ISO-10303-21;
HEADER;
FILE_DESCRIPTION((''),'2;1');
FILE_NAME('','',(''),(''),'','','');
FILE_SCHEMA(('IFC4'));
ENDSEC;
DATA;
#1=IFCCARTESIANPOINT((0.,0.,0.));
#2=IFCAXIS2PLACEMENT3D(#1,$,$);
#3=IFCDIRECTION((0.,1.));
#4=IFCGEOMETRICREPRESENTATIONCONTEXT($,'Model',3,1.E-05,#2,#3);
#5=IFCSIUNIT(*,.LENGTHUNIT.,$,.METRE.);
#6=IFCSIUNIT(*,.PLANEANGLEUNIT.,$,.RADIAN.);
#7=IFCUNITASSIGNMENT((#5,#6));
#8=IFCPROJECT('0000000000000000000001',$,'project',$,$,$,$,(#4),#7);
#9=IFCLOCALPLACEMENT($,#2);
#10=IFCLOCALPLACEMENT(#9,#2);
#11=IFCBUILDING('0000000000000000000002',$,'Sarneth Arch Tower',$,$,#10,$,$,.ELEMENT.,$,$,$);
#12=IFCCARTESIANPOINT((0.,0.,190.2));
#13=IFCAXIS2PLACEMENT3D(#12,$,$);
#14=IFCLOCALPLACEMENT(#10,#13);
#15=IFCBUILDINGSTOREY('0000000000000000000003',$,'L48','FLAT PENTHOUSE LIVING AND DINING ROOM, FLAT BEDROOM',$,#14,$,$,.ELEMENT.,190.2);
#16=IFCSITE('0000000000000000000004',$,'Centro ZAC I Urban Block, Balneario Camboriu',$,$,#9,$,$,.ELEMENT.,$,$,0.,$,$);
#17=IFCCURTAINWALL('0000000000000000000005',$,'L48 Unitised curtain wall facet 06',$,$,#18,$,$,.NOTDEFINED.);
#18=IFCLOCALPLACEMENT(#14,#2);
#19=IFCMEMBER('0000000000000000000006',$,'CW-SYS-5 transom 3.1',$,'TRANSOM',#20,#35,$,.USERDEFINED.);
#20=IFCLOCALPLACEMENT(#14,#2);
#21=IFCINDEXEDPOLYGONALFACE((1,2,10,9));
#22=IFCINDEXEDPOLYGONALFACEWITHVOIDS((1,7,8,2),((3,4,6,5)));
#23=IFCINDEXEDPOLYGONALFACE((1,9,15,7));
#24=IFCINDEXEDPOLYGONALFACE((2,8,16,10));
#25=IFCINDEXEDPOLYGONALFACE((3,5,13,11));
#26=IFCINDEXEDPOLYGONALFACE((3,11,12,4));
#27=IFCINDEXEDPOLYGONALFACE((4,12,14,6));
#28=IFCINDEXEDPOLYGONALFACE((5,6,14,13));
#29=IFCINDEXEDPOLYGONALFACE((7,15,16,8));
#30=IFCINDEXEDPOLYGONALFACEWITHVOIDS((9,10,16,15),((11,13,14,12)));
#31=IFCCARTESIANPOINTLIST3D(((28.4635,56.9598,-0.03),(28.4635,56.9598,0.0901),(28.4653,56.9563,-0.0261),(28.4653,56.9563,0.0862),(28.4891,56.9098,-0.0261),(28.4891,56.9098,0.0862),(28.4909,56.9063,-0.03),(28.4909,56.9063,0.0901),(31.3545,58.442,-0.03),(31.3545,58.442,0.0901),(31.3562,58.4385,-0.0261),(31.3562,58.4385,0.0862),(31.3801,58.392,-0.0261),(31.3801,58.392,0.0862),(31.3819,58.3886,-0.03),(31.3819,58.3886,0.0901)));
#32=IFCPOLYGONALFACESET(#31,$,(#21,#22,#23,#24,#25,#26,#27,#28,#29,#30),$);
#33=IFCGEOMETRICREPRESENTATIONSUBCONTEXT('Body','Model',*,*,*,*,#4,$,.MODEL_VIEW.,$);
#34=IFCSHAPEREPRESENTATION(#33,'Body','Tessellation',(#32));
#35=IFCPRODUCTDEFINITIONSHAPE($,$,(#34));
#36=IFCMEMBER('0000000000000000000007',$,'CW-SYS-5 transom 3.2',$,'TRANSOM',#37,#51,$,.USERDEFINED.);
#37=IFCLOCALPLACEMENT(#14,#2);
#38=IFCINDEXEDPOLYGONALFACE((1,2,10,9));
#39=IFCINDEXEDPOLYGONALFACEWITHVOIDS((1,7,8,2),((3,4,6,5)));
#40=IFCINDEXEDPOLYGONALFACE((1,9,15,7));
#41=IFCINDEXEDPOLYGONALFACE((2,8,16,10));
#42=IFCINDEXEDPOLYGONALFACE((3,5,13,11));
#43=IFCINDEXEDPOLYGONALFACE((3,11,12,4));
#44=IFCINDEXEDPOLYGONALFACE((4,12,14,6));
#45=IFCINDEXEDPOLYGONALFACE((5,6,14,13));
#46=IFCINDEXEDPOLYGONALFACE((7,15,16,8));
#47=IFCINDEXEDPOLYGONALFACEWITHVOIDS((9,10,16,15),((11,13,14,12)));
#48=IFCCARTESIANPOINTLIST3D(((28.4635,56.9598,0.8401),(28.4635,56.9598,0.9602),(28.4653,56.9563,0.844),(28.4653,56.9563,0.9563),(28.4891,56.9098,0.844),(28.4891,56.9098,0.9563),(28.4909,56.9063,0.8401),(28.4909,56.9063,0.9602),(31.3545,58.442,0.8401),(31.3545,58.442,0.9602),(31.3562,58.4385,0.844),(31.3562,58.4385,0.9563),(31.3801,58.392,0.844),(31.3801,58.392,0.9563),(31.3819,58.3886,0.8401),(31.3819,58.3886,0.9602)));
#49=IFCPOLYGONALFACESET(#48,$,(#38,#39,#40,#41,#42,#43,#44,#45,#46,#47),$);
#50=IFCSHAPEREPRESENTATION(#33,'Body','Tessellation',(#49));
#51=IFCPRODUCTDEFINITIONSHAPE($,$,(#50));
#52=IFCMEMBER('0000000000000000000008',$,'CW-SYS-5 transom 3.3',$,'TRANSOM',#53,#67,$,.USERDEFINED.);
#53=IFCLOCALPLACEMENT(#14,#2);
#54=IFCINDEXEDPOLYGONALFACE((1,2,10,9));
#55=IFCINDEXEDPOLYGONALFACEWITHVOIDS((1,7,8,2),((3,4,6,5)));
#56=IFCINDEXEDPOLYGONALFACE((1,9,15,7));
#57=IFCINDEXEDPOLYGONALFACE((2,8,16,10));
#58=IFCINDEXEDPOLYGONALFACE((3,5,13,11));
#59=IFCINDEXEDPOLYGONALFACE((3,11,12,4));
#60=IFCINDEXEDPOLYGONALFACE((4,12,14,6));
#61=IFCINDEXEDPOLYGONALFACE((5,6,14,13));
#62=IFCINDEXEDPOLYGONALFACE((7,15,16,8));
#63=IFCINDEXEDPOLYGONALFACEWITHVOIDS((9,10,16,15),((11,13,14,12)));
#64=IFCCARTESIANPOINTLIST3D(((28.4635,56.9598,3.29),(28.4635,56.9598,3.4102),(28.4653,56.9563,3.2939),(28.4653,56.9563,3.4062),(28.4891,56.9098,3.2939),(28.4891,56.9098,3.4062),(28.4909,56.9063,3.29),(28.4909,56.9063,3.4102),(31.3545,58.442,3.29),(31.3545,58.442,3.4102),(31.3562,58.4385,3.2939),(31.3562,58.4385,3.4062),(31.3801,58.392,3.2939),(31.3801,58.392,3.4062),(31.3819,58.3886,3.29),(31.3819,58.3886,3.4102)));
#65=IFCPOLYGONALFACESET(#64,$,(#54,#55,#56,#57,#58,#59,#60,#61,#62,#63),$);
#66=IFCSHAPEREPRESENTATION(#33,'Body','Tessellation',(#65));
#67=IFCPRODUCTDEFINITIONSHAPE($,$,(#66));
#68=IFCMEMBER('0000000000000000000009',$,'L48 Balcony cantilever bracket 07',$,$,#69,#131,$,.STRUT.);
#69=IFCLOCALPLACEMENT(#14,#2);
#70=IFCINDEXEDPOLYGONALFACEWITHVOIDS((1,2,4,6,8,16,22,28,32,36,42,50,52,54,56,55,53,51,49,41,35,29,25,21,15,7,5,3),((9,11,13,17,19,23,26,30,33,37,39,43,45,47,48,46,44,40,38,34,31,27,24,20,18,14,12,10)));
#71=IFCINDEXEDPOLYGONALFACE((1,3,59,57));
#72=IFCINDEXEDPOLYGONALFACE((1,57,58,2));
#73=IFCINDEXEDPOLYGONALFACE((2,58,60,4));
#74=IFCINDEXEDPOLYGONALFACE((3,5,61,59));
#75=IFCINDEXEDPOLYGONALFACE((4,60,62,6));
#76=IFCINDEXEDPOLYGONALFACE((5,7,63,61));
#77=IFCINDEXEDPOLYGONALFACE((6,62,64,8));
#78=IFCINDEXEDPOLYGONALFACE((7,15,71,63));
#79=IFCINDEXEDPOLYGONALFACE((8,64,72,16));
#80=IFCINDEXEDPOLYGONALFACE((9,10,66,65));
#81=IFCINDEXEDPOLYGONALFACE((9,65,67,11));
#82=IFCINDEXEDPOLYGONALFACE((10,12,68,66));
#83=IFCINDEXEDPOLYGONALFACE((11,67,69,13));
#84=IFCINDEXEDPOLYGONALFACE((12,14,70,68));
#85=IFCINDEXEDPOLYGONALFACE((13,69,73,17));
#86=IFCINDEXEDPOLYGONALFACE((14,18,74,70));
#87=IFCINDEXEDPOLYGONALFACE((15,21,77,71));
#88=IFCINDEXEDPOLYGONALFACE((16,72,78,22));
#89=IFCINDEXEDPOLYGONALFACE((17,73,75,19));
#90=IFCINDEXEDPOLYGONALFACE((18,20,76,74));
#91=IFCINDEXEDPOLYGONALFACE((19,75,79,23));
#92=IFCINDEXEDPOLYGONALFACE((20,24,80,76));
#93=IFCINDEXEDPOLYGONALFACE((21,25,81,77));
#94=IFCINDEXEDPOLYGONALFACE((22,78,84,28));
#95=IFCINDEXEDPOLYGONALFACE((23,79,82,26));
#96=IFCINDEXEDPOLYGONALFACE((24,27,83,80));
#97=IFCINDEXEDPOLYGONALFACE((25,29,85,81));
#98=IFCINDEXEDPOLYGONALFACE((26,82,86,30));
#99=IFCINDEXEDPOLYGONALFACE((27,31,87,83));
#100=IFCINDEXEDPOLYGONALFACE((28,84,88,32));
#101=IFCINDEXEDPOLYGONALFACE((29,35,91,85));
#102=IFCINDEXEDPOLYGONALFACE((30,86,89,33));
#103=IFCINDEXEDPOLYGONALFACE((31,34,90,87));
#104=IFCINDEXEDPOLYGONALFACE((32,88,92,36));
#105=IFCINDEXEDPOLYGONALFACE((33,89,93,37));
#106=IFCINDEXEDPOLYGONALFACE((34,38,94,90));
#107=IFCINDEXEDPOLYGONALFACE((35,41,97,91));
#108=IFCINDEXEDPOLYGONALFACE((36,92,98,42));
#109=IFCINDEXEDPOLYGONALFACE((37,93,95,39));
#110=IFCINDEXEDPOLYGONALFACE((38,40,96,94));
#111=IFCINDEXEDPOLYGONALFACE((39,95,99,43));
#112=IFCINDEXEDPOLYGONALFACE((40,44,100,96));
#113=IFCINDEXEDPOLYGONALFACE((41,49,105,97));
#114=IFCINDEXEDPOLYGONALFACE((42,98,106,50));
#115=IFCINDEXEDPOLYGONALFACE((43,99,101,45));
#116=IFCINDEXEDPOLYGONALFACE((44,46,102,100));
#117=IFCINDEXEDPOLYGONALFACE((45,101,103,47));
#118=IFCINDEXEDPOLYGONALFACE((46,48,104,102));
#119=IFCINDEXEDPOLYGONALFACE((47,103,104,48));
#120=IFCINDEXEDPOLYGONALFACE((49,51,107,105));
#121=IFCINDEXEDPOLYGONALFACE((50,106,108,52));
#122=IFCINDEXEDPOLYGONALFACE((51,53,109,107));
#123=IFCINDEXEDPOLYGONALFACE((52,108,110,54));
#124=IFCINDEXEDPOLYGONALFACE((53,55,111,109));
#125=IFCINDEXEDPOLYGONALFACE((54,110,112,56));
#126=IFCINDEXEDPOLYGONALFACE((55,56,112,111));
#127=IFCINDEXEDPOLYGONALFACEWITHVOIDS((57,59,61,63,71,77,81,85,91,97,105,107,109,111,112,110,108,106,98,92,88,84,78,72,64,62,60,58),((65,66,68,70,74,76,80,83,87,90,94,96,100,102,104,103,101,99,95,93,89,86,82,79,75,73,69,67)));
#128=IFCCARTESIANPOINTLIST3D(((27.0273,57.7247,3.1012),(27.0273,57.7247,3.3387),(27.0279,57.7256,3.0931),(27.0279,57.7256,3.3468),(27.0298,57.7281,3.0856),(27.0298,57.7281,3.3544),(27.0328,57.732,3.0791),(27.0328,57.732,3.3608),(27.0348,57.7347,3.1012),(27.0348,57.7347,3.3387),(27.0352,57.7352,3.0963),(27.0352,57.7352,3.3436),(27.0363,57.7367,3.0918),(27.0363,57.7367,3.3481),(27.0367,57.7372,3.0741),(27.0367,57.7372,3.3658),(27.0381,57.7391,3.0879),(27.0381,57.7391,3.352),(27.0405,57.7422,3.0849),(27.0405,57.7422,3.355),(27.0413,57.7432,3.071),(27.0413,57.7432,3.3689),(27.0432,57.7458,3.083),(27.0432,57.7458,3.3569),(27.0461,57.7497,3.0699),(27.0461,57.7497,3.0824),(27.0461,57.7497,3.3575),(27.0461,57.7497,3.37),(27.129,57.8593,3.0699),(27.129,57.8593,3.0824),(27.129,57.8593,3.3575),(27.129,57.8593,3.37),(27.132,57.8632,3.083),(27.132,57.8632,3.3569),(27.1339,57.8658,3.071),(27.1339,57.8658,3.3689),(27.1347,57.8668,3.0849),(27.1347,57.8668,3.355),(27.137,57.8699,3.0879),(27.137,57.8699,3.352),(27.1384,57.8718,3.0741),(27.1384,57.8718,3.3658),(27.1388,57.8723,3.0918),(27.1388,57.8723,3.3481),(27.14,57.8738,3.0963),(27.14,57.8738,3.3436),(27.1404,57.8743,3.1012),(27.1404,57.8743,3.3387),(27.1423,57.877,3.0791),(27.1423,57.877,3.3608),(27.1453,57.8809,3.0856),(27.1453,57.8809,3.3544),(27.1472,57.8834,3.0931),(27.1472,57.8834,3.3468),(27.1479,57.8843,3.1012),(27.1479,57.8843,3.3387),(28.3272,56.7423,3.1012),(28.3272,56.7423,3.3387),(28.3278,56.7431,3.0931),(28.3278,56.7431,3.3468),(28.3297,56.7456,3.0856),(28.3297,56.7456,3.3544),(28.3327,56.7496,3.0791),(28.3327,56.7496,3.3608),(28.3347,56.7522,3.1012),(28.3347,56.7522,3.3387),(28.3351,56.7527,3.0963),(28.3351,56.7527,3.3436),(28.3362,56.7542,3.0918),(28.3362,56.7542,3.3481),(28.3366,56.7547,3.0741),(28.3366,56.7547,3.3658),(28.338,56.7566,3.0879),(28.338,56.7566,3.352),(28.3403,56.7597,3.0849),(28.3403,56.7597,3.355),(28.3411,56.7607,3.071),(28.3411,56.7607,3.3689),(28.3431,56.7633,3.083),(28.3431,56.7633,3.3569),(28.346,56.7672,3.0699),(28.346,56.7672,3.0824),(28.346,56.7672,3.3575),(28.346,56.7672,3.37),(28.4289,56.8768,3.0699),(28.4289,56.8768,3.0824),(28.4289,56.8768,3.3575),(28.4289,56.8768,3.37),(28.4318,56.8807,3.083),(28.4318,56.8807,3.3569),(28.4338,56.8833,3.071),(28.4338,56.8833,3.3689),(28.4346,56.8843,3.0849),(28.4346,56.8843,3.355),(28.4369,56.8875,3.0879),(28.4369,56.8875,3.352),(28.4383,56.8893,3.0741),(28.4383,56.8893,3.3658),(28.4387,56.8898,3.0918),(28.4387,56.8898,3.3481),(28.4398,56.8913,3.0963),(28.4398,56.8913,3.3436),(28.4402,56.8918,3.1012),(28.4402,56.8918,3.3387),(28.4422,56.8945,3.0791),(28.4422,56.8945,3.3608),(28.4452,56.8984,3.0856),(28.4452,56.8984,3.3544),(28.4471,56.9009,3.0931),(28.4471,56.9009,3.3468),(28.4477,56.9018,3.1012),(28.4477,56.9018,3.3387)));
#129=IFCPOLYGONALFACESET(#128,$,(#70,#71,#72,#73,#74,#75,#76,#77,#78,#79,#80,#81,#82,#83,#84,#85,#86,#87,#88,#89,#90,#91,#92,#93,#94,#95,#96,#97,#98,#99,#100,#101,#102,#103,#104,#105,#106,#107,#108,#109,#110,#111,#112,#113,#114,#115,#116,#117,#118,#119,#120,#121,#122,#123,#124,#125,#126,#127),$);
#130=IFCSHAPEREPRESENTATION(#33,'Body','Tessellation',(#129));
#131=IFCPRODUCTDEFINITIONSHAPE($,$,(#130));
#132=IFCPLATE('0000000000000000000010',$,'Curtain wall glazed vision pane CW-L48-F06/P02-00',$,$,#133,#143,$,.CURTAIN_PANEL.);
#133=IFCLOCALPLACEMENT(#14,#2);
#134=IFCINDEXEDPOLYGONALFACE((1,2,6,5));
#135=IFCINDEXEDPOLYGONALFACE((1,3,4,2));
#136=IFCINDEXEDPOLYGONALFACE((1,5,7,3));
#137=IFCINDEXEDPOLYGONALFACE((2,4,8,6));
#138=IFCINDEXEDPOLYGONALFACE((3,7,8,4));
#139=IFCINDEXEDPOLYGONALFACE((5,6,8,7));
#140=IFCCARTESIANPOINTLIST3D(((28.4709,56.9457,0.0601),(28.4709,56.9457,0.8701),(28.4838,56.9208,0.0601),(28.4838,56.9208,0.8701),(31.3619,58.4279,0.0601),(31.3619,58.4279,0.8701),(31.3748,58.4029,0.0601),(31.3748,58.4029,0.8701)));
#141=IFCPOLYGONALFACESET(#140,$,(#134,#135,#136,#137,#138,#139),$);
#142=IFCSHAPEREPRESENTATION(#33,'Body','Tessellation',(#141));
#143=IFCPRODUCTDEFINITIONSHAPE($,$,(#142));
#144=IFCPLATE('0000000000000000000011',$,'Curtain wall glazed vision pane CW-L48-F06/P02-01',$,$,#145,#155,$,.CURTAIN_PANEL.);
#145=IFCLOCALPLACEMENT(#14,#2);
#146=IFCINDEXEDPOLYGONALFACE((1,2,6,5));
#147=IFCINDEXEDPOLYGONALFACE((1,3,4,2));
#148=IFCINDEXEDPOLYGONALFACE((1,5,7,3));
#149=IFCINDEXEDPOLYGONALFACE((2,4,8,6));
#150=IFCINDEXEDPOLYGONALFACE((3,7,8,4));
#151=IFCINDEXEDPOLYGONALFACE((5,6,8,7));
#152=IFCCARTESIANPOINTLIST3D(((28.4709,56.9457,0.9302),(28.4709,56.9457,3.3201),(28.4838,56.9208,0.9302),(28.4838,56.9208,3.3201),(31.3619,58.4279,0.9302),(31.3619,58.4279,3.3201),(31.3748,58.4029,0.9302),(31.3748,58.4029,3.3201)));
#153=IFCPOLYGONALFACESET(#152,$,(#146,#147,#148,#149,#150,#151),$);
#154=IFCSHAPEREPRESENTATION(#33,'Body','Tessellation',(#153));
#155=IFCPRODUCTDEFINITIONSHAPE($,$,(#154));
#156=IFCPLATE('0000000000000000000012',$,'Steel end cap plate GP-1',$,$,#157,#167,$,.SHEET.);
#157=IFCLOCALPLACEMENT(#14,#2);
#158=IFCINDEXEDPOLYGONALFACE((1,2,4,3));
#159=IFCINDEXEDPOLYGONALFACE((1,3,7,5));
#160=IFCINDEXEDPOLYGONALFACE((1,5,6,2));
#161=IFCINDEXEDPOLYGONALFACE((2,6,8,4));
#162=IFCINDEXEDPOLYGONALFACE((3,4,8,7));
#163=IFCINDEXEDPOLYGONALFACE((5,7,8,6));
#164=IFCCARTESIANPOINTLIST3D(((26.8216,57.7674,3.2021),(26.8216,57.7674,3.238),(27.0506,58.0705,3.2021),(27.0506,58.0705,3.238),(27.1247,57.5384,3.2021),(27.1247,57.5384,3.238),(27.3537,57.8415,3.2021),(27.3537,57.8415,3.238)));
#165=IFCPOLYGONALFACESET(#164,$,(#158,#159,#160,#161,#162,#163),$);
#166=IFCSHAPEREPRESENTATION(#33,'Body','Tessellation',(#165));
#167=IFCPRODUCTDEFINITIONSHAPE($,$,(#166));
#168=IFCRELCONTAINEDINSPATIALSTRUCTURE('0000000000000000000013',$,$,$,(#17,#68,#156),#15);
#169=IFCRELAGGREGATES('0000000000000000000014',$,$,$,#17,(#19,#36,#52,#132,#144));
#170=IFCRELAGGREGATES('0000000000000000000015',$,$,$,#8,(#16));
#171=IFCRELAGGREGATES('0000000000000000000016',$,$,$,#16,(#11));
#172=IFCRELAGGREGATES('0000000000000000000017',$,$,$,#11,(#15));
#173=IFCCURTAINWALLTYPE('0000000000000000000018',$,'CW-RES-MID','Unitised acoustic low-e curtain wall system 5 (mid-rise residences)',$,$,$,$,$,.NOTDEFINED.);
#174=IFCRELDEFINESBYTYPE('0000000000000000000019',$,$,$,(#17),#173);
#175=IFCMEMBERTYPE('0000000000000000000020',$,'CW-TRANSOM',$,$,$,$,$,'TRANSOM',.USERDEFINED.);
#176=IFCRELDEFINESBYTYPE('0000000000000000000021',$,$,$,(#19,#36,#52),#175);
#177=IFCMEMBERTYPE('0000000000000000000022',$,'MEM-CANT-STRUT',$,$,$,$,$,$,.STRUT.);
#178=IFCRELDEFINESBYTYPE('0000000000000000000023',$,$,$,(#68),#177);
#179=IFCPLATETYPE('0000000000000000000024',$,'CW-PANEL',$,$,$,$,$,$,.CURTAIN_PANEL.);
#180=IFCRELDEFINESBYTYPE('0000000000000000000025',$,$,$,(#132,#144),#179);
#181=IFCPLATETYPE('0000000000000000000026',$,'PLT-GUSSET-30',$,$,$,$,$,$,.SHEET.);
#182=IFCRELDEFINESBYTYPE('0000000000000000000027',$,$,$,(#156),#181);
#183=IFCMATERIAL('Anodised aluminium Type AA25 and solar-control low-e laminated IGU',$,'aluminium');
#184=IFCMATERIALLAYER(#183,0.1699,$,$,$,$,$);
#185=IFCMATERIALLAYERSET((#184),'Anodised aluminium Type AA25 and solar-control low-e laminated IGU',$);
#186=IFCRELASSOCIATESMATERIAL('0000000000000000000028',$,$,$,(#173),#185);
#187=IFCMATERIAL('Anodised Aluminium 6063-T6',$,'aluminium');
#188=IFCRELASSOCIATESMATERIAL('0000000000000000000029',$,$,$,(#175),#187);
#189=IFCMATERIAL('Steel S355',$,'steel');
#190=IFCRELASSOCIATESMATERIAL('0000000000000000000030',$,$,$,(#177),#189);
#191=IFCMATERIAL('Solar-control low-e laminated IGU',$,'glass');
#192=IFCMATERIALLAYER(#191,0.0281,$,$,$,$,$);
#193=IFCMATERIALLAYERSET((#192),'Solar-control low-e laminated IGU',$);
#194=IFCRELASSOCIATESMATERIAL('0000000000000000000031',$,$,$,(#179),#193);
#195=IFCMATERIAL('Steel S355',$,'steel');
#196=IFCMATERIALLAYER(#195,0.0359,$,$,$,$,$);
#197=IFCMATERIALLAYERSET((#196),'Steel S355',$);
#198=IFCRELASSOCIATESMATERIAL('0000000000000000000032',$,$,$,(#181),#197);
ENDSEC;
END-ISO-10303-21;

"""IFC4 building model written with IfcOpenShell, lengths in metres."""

from ifc_helpers import new_model, si_unit, direction, frame, origin, origin_2d, place, context, subcontext, project, spatial, rectangle, hollow_rectangle, extrude, material, layer, layer_set, material_profile, profile_set, type_object, element, aggregate, save


model = new_model("IFC4")

# Units and contexts
model_context = context("Model", 3, precision=1e-05, world=origin(), true_north=direction((0.0, 1.0)))
body_context = subcontext(model_context, "Body", "Model", "MODEL_VIEW")
ifc_project = project(units=[si_unit("LENGTHUNIT", "METRE"), si_unit("PLANEANGLEUNIT", "RADIAN")], contexts=[model_context])

# Site, building, storey
site_placement = place(None, origin())
site = spatial("IfcSite", under=ifc_project, at=site_placement, Name="Centro ZAC I Urban Block, Balneario Camboriu", CompositionType="ELEMENT", RefElevation=0.0)
building_placement = place(site_placement, origin())
building = spatial("IfcBuilding", under=site, at=building_placement, Name="Sarneth Arch Tower", CompositionType="ELEMENT")
storey_placement = place(building_placement, frame((0.0, 0.0, 190.2)))
storey = spatial("IfcBuildingStorey", under=building, at=storey_placement, Name="L48", Description="FLAT PENTHOUSE LIVING AND DINING ROOM, FLAT BEDROOM", CompositionType="ELEMENT", Elevation=190.2)

# Curtain wall, members
ifc_material_1 = material(Name="Anodised aluminium Type AA25 and solar-control low-e laminated IGU", Category="aluminium")
ifc_layer_1 = layer(ifc_material_1, 0.1699)
ifc_layer_set_1 = layer_set([ifc_layer_1], Name="Anodised aluminium Type AA25 and solar-control low-e laminated IGU")
curtain_wall_type = type_object("IfcCurtainWallType", Name="CW-RES-MID", Description="Unitised acoustic low-e curtain wall system 5 (mid-rise residences)", PredefinedType="NOTDEFINED", material=ifc_layer_set_1)
curtain_wall_placement = place(storey_placement, origin())
curtain_wall = element("IfcCurtainWall", 1, at=curtain_wall_placement, inside=storey, type_object=curtain_wall_type, Name="L48 Unitised curtain wall facet 06", PredefinedType="NOTDEFINED")
ifc_material_2 = material(Name="Anodised Aluminium 6063-T6", Category="aluminium")
ifc_material_profile_1 = material_profile(ifc_material_2, hollow_rectangle(XDim=0.0601, YDim=0.1201, WallThickness=0.0039, at=origin_2d()), Name="AL-TRAN-120x60x4")
ifc_profile_set_1 = profile_set([ifc_material_profile_1], Name="Anodised Aluminium 6063-T6")
member_type_1 = type_object("IfcMemberType", Name="CW-TRANSOM", ElementType="TRANSOM", PredefinedType="USERDEFINED", material=ifc_profile_set_1)
member_1_placement = place(storey_placement, frame((31.3682, 58.4153, 0.03), z_axis=(-0.889857, -0.456239, 0.0), x_axis=(0.456239, -0.889857, 0.0)))
member_1 = element("IfcMember", 2, at=member_1_placement, type_object=member_type_1, Name="CW-SYS-5 transom 3.1", ObjectType="TRANSOM", PredefinedType="USERDEFINED", context=body_context, shape_type="SweptSolid", body=[
    extrude(hollow_rectangle(XDim=0.0601, YDim=0.1201, WallThickness=0.0039, at=origin_2d()), origin(), (0.0, 0.0, 1.0), 3.2488),
])
member_2_placement = place(storey_placement, frame((31.3682, 58.4153, 0.9001), z_axis=(-0.889857, -0.456239, 0.0), x_axis=(0.456239, -0.889857, 0.0)))
member_2 = element("IfcMember", 3, at=member_2_placement, type_object=member_type_1, Name="CW-SYS-5 transom 3.2", ObjectType="TRANSOM", PredefinedType="USERDEFINED", context=body_context, shape_type="SweptSolid", body=[
    extrude(hollow_rectangle(XDim=0.0601, YDim=0.1201, WallThickness=0.0039, at=origin_2d()), origin(), (0.0, 0.0, 1.0), 3.2488),
])
member_3_placement = place(storey_placement, frame((31.3682, 58.4153, 3.3501), z_axis=(-0.889857, -0.456239, 0.0), x_axis=(0.456239, -0.889857, 0.0)))
member_3 = element("IfcMember", 4, at=member_3_placement, type_object=member_type_1, Name="CW-SYS-5 transom 3.3", ObjectType="TRANSOM", PredefinedType="USERDEFINED", context=body_context, shape_type="SweptSolid", body=[
    extrude(hollow_rectangle(XDim=0.0601, YDim=0.1201, WallThickness=0.0039, at=origin_2d()), origin(), (0.0, 0.0, 1.0), 3.2488),
])

# Member
ifc_material_3 = material(Name="Steel S355", Category="steel")
ifc_material_profile_2 = material_profile(ifc_material_3, hollow_rectangle(XDim=0.2, YDim=0.3, WallThickness=0.0125, InnerFilletRadius=0.0188, OuterFilletRadius=0.0312, at=origin_2d()), Name="RHS300x200x12.5")
ifc_profile_set_2 = profile_set([ifc_material_profile_2], Name="Steel S355")
member_type_2 = type_object("IfcMemberType", Name="MEM-CANT-STRUT", PredefinedType="STRUT", material=ifc_profile_set_2)
member_4_placement = place(storey_placement, frame((28.3875, 56.822, 3.22), z_axis=(-0.797765, 0.602969, 0.0), x_axis=(-0.602969, -0.797765, 0.0)))
element("IfcMember", 5, at=member_4_placement, inside=storey, type_object=member_type_2, Name="L48 Balcony cantilever bracket 07", PredefinedType="STRUT", context=body_context, shape_type="SweptSolid", body=[
    extrude(hollow_rectangle(XDim=0.2, YDim=0.3, WallThickness=0.0125, InnerFilletRadius=0.0188, OuterFilletRadius=0.0312, at=origin_2d()), origin(), (0.0, 0.0, 1.0), 1.6294),
])

# Plates
ifc_material_4 = material(Name="Solar-control low-e laminated IGU", Category="glass")
ifc_layer_2 = layer(ifc_material_4, 0.0281)
ifc_layer_set_2 = layer_set([ifc_layer_2], Name="Solar-control low-e laminated IGU")
plate_type_1 = type_object("IfcPlateType", Name="CW-PANEL", PredefinedType="CURTAIN_PANEL", material=ifc_layer_set_2)
plate_1_placement = place(storey_placement, frame((29.9229, 57.6743, 0.0601), z_axis=(0.0, 0.0, 1.0), x_axis=(-0.889873, -0.456208, 0.0)))
plate_1 = element("IfcPlate", 6, at=plate_1_placement, type_object=plate_type_1, Name="Curtain wall glazed vision pane CW-L48-F06/P02-00", PredefinedType="CURTAIN_PANEL", context=body_context, shape_type="SweptSolid", body=[
    extrude(rectangle(XDim=3.2488, YDim=0.0281, at=origin_2d()), origin(), (0.0, 0.0, 1.0), 0.8101),
])
plate_2_placement = place(storey_placement, frame((29.9229, 57.6743, 0.9302), z_axis=(0.0, 0.0, 1.0), x_axis=(-0.889873, -0.456208, 0.0)))
plate_2 = element("IfcPlate", 7, at=plate_2_placement, type_object=plate_type_1, Name="Curtain wall glazed vision pane CW-L48-F06/P02-01", PredefinedType="CURTAIN_PANEL", context=body_context, shape_type="SweptSolid", body=[
    extrude(rectangle(XDim=3.2488, YDim=0.0281, at=origin_2d()), origin(), (0.0, 0.0, 1.0), 2.3899),
])
aggregate(curtain_wall, [member_1, member_2, member_3, plate_1, plate_2])
ifc_material_5 = material(Name="Steel S355", Category="steel")
ifc_layer_3 = layer(ifc_material_5, 0.0359)
ifc_layer_set_3 = layer_set([ifc_layer_3], Name="Steel S355")
plate_type_2 = type_object("IfcPlateType", Name="PLT-GUSSET-30", PredefinedType="SHEET", material=ifc_layer_set_3)
plate_3_placement = place(storey_placement, frame((27.0876, 57.8044, 3.2021), z_axis=(0.0, 0.0, 1.0), x_axis=(-0.797794, 0.60293, 0.0)))
element("IfcPlate", 8, at=plate_3_placement, inside=storey, type_object=plate_type_2, Name="Steel end cap plate GP-1", PredefinedType="SHEET", context=body_context, shape_type="SweptSolid", body=[
    extrude(rectangle(XDim=0.3799, YDim=0.3799, at=origin_2d()), origin(), (0.0, 0.0, 1.0), 0.0359),
])

save(model, "model.ifc")
